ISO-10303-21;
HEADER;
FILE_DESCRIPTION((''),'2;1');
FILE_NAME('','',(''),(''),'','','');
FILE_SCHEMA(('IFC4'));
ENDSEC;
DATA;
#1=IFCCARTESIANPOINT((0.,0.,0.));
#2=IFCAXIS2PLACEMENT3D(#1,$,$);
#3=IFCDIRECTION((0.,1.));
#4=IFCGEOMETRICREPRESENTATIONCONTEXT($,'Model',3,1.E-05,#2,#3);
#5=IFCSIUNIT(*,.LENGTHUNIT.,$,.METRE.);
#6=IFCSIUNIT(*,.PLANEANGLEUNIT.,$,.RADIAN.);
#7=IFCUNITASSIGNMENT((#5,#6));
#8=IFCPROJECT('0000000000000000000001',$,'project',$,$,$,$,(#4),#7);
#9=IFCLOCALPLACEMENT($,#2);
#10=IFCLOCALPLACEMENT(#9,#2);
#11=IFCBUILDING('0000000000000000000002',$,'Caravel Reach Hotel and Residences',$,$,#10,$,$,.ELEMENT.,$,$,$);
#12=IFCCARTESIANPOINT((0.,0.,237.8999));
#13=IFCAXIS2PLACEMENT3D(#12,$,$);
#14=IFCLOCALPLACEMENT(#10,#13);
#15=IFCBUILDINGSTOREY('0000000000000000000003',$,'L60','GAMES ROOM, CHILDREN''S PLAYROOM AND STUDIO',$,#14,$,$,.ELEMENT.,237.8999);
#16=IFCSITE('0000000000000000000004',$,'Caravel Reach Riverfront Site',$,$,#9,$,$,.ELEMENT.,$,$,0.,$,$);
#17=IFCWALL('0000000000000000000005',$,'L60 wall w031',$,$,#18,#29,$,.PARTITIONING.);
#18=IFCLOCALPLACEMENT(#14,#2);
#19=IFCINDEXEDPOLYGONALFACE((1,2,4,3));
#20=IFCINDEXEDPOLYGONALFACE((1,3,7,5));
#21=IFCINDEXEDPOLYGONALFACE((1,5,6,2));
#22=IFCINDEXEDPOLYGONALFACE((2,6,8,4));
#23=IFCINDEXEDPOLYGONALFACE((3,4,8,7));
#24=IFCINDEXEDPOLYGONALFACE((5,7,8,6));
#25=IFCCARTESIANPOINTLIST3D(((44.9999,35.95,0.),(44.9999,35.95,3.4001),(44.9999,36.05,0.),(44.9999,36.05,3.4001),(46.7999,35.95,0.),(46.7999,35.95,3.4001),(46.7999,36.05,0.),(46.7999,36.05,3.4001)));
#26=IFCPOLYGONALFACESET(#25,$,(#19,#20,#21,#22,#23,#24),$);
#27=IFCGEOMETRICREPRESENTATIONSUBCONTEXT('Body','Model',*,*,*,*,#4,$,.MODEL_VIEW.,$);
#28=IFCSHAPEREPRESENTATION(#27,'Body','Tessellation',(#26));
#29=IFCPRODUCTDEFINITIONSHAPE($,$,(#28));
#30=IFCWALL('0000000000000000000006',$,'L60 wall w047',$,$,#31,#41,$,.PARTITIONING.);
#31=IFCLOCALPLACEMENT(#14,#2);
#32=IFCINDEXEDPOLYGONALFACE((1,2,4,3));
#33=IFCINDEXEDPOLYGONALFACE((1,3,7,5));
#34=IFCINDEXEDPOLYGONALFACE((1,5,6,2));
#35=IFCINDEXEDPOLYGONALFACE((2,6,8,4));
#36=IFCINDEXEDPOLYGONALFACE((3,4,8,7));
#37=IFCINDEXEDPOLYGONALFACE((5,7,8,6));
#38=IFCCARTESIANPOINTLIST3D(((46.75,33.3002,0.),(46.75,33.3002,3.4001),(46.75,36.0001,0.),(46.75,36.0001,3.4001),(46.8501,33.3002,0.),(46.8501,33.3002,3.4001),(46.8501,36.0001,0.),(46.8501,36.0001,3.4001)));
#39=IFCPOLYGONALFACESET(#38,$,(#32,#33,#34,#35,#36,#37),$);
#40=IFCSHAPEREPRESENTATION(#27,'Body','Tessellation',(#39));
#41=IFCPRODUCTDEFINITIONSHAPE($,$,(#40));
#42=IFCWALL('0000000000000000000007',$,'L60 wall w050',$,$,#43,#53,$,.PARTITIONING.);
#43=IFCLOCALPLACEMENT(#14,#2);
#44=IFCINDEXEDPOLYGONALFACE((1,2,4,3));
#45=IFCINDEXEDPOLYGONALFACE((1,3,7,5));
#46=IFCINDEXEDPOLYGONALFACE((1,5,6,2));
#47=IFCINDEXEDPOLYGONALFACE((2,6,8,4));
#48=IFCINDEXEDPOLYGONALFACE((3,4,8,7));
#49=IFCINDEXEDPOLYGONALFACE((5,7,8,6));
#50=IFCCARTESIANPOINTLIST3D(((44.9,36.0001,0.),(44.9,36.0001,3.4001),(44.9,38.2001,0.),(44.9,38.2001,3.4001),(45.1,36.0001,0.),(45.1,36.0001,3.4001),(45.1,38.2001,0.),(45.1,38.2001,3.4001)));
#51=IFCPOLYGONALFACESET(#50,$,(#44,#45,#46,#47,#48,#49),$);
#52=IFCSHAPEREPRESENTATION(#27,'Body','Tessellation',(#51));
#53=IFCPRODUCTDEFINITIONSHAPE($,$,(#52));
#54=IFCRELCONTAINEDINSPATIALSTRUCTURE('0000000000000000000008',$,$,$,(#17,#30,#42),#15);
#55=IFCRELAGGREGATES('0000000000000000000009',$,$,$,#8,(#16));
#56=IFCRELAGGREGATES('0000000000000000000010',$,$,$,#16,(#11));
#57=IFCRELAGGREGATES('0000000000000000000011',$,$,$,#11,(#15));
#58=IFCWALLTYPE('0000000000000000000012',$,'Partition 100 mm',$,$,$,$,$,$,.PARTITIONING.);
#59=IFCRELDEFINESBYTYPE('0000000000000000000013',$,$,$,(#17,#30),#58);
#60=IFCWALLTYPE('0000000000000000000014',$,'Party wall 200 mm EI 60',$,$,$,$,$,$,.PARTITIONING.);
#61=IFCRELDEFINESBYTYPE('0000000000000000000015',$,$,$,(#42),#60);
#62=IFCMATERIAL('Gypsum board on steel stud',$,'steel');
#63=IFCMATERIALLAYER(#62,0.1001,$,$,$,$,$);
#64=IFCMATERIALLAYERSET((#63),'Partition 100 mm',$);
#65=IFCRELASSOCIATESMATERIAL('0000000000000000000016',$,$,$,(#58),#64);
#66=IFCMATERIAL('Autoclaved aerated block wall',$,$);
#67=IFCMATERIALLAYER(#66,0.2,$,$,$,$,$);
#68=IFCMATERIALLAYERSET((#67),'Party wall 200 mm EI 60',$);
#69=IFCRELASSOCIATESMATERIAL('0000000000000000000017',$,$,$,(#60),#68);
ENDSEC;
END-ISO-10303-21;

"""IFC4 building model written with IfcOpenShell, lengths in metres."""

from ifc_helpers import new_model, si_unit, direction, frame, frame_2d, origin, place, context, subcontext, project, spatial, rectangle, extrude, material, layer, layer_set, type_object, element, save


model = new_model("IFC4")

# Units and contexts
model_context = context("Model", 3, precision=1e-05, world=origin(), true_north=direction((0.0, 1.0)))
body_context = subcontext(model_context, "Body", "Model", "MODEL_VIEW")
ifc_project = project(units=[si_unit("LENGTHUNIT", "METRE"), si_unit("PLANEANGLEUNIT", "RADIAN")], contexts=[model_context])

# Site, building, storey
site_placement = place(None, origin())
site = spatial("IfcSite", under=ifc_project, at=site_placement, Name="Caravel Reach Riverfront Site", CompositionType="ELEMENT", RefElevation=0.0)
building_placement = place(site_placement, origin())
building = spatial("IfcBuilding", under=site, at=building_placement, Name="Caravel Reach Hotel and Residences", CompositionType="ELEMENT")
storey_placement = place(building_placement, frame((0.0, 0.0, 237.8999)))
storey = spatial("IfcBuildingStorey", under=building, at=storey_placement, Name="L60", Description="GAMES ROOM, CHILDREN'S PLAYROOM AND STUDIO", CompositionType="ELEMENT", Elevation=237.8999)

# Shared definitions
ifc_material_1 = material(Name="Gypsum board on steel stud", Category="steel")
ifc_layer_1 = layer(ifc_material_1, 0.1001)
ifc_layer_set_1 = layer_set([ifc_layer_1], Name="Partition 100 mm")
wall_type_1 = type_object("IfcWallType", Name="Partition 100 mm", PredefinedType="PARTITIONING", material=ifc_layer_set_1)

# Walls
wall_1_placement = place(storey_placement, frame((45.0, 36.0, 0.0), z_axis=(0.0, 0.0, 1.0), x_axis=(1.0, 0.0, 0.0)))
element("IfcWall", 1, at=wall_1_placement, inside=storey, type_object=wall_type_1, Name="L60 wall w031", PredefinedType="PARTITIONING", context=body_context, shape_type="SweptSolid", body=[
    extrude(rectangle(XDim=1.8, YDim=0.1001, at=frame_2d((0.8999, 0.0))), origin(), (0.0, 0.0, 1.0), 3.4001),
])
wall_2_placement = place(storey_placement, frame((46.8, 33.3, 0.0), z_axis=(0.0, 0.0, 1.0), x_axis=(0.0, 1.0, 0.0)))
element("IfcWall", 2, at=wall_2_placement, inside=storey, type_object=wall_type_1, Name="L60 wall w047", PredefinedType="PARTITIONING", context=body_context, shape_type="SweptSolid", body=[
    extrude(rectangle(XDim=2.7, YDim=0.1001, at=frame_2d((1.3501, 0.0))), origin(), (0.0, 0.0, 1.0), 3.4001),
])
ifc_material_2 = material(Name="Autoclaved aerated block wall")
ifc_layer_2 = layer(ifc_material_2, 0.2)
ifc_layer_set_2 = layer_set([ifc_layer_2], Name="Party wall 200 mm EI 60")
wall_type_2 = type_object("IfcWallType", Name="Party wall 200 mm EI 60", PredefinedType="PARTITIONING", material=ifc_layer_set_2)
wall_3_placement = place(storey_placement, frame((45.0, 36.0, 0.0), z_axis=(0.0, 0.0, 1.0), x_axis=(0.0, 1.0, 0.0)))
element("IfcWall", 3, at=wall_3_placement, inside=storey, type_object=wall_type_2, Name="L60 wall w050", PredefinedType="PARTITIONING", context=body_context, shape_type="SweptSolid", body=[
    extrude(rectangle(XDim=2.2, YDim=0.2, at=frame_2d((1.1001, 0.0))), origin(), (0.0, 0.0, 1.0), 3.4001),
])

save(model, "model.ifc")
